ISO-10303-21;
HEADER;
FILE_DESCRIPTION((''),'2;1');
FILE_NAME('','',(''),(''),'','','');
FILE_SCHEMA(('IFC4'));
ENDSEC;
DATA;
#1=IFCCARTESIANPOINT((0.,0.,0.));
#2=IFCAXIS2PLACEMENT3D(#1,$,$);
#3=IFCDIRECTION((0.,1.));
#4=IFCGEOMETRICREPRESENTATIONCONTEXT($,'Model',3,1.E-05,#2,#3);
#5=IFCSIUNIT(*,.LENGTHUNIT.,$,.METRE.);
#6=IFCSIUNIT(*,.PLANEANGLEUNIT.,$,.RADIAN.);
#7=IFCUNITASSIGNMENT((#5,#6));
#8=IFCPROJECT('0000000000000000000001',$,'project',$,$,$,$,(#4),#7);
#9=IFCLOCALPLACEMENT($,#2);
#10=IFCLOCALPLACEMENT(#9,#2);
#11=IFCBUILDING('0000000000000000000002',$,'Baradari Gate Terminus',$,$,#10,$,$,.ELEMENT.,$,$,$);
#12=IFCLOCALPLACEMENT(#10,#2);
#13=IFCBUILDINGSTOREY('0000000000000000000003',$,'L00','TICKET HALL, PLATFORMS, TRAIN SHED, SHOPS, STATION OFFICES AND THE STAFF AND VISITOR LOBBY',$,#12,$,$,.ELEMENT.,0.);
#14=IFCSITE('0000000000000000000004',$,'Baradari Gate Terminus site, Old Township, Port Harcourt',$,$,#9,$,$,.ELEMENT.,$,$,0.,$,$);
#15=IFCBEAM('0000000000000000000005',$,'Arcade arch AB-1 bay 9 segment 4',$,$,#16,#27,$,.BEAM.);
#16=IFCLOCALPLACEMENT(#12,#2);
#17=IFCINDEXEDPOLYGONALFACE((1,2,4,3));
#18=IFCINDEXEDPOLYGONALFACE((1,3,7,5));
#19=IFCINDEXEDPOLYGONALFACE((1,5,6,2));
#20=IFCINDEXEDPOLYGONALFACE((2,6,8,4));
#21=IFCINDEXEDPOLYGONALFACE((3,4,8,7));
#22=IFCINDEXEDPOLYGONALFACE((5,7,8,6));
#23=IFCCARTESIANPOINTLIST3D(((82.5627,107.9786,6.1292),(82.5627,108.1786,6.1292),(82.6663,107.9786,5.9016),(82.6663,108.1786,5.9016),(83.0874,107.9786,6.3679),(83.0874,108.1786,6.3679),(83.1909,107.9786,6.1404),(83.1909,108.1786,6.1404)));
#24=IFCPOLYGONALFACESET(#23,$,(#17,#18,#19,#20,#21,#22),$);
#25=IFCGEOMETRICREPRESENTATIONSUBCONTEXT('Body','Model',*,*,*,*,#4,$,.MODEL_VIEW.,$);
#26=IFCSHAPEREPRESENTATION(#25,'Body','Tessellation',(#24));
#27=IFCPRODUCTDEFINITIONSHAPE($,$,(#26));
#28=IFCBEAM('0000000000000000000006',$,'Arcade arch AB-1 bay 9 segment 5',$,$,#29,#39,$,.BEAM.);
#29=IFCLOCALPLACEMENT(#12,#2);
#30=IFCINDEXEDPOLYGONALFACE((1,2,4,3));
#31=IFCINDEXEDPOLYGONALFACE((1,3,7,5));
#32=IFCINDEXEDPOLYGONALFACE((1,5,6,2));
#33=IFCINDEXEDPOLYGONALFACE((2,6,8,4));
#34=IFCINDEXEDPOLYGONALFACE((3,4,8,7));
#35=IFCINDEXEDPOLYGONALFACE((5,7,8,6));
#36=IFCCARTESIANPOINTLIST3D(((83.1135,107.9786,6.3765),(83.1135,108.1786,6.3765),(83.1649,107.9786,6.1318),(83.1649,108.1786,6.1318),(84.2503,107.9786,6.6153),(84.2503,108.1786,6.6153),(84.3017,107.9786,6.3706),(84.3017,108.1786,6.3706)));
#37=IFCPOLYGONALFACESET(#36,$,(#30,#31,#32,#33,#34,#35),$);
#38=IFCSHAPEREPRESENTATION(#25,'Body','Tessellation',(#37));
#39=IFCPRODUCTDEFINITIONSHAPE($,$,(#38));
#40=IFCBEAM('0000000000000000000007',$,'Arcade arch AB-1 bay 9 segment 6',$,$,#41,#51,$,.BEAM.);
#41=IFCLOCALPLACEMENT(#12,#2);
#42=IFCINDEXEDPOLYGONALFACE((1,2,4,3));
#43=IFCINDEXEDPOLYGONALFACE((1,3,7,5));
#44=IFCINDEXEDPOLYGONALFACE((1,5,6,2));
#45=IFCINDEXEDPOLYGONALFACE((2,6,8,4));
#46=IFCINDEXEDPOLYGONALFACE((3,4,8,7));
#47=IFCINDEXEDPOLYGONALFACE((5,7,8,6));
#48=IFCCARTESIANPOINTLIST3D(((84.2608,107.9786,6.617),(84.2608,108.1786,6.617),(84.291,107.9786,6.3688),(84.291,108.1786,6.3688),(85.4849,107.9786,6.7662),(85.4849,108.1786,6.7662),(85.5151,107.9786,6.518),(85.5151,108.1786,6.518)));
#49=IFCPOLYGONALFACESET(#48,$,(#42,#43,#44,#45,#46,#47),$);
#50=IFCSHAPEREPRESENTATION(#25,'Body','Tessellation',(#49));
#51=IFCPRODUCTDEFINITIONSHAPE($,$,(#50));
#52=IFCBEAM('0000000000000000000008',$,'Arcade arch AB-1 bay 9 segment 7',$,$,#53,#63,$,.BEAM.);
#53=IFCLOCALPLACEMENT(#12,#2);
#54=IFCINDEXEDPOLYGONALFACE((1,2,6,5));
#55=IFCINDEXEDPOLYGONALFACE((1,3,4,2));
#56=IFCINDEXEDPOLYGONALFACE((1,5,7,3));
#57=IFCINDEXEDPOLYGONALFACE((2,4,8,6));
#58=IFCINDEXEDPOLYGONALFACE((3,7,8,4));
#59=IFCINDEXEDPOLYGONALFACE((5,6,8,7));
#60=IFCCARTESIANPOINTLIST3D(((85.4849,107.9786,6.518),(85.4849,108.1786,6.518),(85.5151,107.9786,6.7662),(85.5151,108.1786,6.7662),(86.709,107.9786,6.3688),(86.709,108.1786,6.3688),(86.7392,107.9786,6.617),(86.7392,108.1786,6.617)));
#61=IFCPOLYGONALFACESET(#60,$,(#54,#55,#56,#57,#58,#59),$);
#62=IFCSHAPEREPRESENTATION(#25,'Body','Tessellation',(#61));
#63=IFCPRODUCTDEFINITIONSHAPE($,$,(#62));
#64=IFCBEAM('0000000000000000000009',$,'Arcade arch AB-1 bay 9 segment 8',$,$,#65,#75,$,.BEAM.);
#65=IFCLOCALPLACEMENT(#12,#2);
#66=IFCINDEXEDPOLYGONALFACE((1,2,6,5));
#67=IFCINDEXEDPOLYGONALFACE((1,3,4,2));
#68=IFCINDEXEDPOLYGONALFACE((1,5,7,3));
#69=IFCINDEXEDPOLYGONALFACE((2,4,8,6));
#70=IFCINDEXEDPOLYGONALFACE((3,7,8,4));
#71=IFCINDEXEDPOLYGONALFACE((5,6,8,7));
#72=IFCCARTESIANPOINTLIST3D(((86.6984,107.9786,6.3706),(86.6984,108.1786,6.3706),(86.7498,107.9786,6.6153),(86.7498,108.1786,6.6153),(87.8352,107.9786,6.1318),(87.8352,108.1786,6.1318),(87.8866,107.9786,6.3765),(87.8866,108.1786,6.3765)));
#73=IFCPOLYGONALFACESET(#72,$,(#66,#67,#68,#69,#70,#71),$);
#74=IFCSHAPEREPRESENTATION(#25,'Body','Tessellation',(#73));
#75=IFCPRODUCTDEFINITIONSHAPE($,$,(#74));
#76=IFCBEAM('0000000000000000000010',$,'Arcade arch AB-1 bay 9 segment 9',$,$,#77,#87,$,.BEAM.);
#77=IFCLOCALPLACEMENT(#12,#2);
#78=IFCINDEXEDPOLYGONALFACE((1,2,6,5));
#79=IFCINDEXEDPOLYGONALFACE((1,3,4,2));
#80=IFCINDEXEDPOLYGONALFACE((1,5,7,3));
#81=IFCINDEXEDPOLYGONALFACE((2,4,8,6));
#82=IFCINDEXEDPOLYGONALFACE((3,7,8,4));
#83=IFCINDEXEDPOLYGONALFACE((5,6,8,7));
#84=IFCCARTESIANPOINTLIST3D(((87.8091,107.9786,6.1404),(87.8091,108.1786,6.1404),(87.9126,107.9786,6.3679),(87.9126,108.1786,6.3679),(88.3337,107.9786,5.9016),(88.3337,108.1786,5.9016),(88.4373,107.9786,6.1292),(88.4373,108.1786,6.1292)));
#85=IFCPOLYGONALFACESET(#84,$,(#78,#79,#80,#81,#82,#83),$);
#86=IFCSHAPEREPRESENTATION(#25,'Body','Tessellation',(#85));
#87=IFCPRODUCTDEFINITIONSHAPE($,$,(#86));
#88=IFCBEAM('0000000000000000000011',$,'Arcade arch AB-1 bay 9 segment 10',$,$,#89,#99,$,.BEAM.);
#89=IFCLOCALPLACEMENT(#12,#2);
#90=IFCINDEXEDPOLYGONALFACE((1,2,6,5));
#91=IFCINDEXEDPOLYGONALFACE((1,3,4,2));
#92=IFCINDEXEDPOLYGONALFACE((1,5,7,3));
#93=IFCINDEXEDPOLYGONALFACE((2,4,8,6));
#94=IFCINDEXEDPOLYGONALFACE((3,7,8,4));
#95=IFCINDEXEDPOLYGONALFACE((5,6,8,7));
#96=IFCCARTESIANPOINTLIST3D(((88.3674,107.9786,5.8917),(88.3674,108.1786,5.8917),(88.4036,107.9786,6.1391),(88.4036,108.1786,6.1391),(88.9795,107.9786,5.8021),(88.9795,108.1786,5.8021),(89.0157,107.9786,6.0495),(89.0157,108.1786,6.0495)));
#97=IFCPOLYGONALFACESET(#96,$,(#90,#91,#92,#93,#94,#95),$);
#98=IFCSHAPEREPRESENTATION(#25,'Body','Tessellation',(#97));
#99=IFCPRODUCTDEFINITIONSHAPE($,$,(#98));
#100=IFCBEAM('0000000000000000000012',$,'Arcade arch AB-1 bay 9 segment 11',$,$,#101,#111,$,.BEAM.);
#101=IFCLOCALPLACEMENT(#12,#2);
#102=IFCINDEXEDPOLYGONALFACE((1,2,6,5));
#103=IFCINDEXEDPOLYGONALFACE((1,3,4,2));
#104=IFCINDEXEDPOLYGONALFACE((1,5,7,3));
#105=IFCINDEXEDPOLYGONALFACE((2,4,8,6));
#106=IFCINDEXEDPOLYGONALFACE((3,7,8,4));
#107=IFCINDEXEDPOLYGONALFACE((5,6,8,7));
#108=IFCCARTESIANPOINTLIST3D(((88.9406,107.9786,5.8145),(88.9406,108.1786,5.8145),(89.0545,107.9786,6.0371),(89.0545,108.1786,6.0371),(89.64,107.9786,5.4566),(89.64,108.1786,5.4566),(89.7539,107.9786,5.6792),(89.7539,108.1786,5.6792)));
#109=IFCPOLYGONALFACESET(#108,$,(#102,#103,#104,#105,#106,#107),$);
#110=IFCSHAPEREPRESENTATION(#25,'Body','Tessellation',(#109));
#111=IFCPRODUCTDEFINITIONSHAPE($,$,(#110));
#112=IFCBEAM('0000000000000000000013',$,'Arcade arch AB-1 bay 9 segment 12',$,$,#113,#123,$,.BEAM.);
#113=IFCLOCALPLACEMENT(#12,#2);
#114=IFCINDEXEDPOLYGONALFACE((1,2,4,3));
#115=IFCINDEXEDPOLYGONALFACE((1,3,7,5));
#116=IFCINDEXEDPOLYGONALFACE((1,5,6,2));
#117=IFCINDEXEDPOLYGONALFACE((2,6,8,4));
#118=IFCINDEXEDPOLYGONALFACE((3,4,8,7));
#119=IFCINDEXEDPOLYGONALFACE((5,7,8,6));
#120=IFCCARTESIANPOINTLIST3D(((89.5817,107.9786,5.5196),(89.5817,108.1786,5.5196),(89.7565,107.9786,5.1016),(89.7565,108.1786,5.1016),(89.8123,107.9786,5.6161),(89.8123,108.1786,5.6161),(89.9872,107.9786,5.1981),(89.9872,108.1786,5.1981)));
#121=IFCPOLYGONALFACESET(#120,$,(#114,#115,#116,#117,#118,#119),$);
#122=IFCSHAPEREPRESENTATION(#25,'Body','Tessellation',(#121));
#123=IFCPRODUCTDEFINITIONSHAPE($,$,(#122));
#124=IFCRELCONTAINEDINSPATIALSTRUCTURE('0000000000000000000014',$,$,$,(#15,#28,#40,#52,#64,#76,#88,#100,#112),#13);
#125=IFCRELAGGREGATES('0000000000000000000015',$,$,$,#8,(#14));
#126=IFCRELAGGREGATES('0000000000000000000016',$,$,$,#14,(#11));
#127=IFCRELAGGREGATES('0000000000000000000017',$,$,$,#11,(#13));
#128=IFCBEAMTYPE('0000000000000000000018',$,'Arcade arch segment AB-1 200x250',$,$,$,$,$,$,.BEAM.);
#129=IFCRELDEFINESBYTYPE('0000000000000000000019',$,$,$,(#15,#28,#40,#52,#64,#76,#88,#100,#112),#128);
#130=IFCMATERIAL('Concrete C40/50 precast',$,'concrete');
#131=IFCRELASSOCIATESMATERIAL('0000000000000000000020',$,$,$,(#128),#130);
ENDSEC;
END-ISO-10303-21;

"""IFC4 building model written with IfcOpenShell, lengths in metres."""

from ifc_helpers import new_model, si_unit, direction, frame, origin, origin_2d, place, context, subcontext, project, spatial, rectangle, extrude, material, material_profile, profile_set, type_object, element, save


model = new_model("IFC4")

# Units and contexts
model_context = context("Model", 3, precision=1e-05, world=origin(), true_north=direction((0.0, 1.0)))
body_context = subcontext(model_context, "Body", "Model", "MODEL_VIEW")
ifc_project = project(units=[si_unit("LENGTHUNIT", "METRE"), si_unit("PLANEANGLEUNIT", "RADIAN")], contexts=[model_context])

# Site, building, storey
site_placement = place(None, origin())
site = spatial("IfcSite", under=ifc_project, at=site_placement, Name="Baradari Gate Terminus site, Old Township, Port Harcourt", CompositionType="ELEMENT", RefElevation=0.0)
building_placement = place(site_placement, origin())
building = spatial("IfcBuilding", under=site, at=building_placement, Name="Baradari Gate Terminus", CompositionType="ELEMENT")
storey_placement = place(building_placement, origin())
storey = spatial("IfcBuildingStorey", under=building, at=storey_placement, Name="L00", Description="TICKET HALL, PLATFORMS, TRAIN SHED, SHOPS, STATION OFFICES AND THE STAFF AND VISITOR LOBBY", CompositionType="ELEMENT", Elevation=0.0)

# Beams
ifc_material_1 = material(Name="Concrete C40/50 precast", Category="concrete")
ifc_material_profile_1 = material_profile(ifc_material_1, rectangle(XDim=0.2, YDim=0.25, at=origin_2d()), Name="AB-1 200X250")
ifc_profile_set_1 = profile_set([ifc_material_profile_1], Name="Concrete C40/50 precast")
beam_type = type_object("IfcBeamType", Name="Arcade arch segment AB-1 200x250", PredefinedType="BEAM", material=ifc_profile_set_1)
beam_1_placement = place(storey_placement, frame((82.6145, 108.0786, 6.0154), z_axis=(0.910178, 0.0, 0.414218), x_axis=(0.0, 1.0, 0.0)))
element("IfcBeam", 1, at=beam_1_placement, inside=storey, type_object=beam_type, Name="Arcade arch AB-1 bay 9 segment 4", PredefinedType="BEAM", context=body_context, shape_type="SweptSolid", body=[
    extrude(rectangle(XDim=0.2, YDim=0.25, at=origin_2d()), origin(), (0.0, 0.0, 1.0), 0.5764),
])
beam_2_placement = place(storey_placement, frame((83.1392, 108.0786, 6.2542), z_axis=(0.978643, 0.0, 0.205566), x_axis=(0.0, 1.0, 0.0)))
element("IfcBeam", 2, at=beam_2_placement, inside=storey, type_object=beam_type, Name="Arcade arch AB-1 bay 9 segment 5", PredefinedType="BEAM", context=body_context, shape_type="SweptSolid", body=[
    extrude(rectangle(XDim=0.2, YDim=0.25, at=origin_2d()), origin(), (0.0, 0.0, 1.0), 1.1616),
])
for number, where, z_axis, x_axis, name in (
    (3, (84.2759, 108.0786, 6.4929), (0.992657, 0.0, 0.120964), (0.0, 1.0, 0.0), "Arcade arch AB-1 bay 9 segment 6"),
    (4, (85.5, 108.0786, 6.6421), (0.992657, 0.0, -0.120964), (0.0, 1.0, 0.0), "Arcade arch AB-1 bay 9 segment 7"),
):
    element("IfcBeam", number, at=place(storey_placement, frame(where, z_axis=z_axis, x_axis=x_axis)), inside=storey, type_object=beam_type, Name=name, PredefinedType="BEAM", context=body_context, shape_type="SweptSolid", body=[
        extrude(rectangle(XDim=0.2, YDim=0.25, at=origin_2d()), origin(), (0.0, 0.0, 1.0), 1.2332),
    ])
beam_3_placement = place(storey_placement, frame((86.7241, 108.0786, 6.4929), z_axis=(0.978643, 0.0, -0.205566), x_axis=(0.0, 1.0, 0.0)))
element("IfcBeam", 5, at=beam_3_placement, inside=storey, type_object=beam_type, Name="Arcade arch AB-1 bay 9 segment 8", PredefinedType="BEAM", context=body_context, shape_type="SweptSolid", body=[
    extrude(rectangle(XDim=0.2, YDim=0.25, at=origin_2d()), origin(), (0.0, 0.0, 1.0), 1.1616),
])
beam_4_placement = place(storey_placement, frame((87.8608, 108.0786, 6.2542), z_axis=(0.910178, 0.0, -0.414218), x_axis=(0.0, 1.0, 0.0)))
element("IfcBeam", 6, at=beam_4_placement, inside=storey, type_object=beam_type, Name="Arcade arch AB-1 bay 9 segment 9", PredefinedType="BEAM", context=body_context, shape_type="SweptSolid", body=[
    extrude(rectangle(XDim=0.2, YDim=0.25, at=origin_2d()), origin(), (0.0, 0.0, 1.0), 0.5764),
])
beam_5_placement = place(storey_placement, frame((88.3855, 108.0786, 6.0154), z_axis=(0.989454, 0.0, -0.144846), x_axis=(0.0, 1.0, 0.0)))
element("IfcBeam", 7, at=beam_5_placement, inside=storey, type_object=beam_type, Name="Arcade arch AB-1 bay 9 segment 10", PredefinedType="BEAM", context=body_context, shape_type="SweptSolid", body=[
    extrude(rectangle(XDim=0.2, YDim=0.25, at=origin_2d()), origin(), (0.0, 0.0, 1.0), 0.6187),
])
beam_6_placement = place(storey_placement, frame((88.9976, 108.0786, 5.9258), z_axis=(0.890225, 0.0, -0.455522), x_axis=(0.0, 1.0, 0.0)))
element("IfcBeam", 8, at=beam_6_placement, inside=storey, type_object=beam_type, Name="Arcade arch AB-1 bay 9 segment 11", PredefinedType="BEAM", context=body_context, shape_type="SweptSolid", body=[
    extrude(rectangle(XDim=0.2, YDim=0.25, at=origin_2d()), origin(), (0.0, 0.0, 1.0), 0.7856),
])
beam_7_placement = place(storey_placement, frame((89.697, 108.0786, 5.5679), z_axis=(0.385839, 0.0, -0.922566), x_axis=(0.0, 1.0, 0.0)))
element("IfcBeam", 9, at=beam_7_placement, inside=storey, type_object=beam_type, Name="Arcade arch AB-1 bay 9 segment 12", PredefinedType="BEAM", context=body_context, shape_type="SweptSolid", body=[
    extrude(rectangle(XDim=0.2, YDim=0.25, at=origin_2d()), origin(), (0.0, 0.0, 1.0), 0.4531),
])

save(model, "model.ifc")
